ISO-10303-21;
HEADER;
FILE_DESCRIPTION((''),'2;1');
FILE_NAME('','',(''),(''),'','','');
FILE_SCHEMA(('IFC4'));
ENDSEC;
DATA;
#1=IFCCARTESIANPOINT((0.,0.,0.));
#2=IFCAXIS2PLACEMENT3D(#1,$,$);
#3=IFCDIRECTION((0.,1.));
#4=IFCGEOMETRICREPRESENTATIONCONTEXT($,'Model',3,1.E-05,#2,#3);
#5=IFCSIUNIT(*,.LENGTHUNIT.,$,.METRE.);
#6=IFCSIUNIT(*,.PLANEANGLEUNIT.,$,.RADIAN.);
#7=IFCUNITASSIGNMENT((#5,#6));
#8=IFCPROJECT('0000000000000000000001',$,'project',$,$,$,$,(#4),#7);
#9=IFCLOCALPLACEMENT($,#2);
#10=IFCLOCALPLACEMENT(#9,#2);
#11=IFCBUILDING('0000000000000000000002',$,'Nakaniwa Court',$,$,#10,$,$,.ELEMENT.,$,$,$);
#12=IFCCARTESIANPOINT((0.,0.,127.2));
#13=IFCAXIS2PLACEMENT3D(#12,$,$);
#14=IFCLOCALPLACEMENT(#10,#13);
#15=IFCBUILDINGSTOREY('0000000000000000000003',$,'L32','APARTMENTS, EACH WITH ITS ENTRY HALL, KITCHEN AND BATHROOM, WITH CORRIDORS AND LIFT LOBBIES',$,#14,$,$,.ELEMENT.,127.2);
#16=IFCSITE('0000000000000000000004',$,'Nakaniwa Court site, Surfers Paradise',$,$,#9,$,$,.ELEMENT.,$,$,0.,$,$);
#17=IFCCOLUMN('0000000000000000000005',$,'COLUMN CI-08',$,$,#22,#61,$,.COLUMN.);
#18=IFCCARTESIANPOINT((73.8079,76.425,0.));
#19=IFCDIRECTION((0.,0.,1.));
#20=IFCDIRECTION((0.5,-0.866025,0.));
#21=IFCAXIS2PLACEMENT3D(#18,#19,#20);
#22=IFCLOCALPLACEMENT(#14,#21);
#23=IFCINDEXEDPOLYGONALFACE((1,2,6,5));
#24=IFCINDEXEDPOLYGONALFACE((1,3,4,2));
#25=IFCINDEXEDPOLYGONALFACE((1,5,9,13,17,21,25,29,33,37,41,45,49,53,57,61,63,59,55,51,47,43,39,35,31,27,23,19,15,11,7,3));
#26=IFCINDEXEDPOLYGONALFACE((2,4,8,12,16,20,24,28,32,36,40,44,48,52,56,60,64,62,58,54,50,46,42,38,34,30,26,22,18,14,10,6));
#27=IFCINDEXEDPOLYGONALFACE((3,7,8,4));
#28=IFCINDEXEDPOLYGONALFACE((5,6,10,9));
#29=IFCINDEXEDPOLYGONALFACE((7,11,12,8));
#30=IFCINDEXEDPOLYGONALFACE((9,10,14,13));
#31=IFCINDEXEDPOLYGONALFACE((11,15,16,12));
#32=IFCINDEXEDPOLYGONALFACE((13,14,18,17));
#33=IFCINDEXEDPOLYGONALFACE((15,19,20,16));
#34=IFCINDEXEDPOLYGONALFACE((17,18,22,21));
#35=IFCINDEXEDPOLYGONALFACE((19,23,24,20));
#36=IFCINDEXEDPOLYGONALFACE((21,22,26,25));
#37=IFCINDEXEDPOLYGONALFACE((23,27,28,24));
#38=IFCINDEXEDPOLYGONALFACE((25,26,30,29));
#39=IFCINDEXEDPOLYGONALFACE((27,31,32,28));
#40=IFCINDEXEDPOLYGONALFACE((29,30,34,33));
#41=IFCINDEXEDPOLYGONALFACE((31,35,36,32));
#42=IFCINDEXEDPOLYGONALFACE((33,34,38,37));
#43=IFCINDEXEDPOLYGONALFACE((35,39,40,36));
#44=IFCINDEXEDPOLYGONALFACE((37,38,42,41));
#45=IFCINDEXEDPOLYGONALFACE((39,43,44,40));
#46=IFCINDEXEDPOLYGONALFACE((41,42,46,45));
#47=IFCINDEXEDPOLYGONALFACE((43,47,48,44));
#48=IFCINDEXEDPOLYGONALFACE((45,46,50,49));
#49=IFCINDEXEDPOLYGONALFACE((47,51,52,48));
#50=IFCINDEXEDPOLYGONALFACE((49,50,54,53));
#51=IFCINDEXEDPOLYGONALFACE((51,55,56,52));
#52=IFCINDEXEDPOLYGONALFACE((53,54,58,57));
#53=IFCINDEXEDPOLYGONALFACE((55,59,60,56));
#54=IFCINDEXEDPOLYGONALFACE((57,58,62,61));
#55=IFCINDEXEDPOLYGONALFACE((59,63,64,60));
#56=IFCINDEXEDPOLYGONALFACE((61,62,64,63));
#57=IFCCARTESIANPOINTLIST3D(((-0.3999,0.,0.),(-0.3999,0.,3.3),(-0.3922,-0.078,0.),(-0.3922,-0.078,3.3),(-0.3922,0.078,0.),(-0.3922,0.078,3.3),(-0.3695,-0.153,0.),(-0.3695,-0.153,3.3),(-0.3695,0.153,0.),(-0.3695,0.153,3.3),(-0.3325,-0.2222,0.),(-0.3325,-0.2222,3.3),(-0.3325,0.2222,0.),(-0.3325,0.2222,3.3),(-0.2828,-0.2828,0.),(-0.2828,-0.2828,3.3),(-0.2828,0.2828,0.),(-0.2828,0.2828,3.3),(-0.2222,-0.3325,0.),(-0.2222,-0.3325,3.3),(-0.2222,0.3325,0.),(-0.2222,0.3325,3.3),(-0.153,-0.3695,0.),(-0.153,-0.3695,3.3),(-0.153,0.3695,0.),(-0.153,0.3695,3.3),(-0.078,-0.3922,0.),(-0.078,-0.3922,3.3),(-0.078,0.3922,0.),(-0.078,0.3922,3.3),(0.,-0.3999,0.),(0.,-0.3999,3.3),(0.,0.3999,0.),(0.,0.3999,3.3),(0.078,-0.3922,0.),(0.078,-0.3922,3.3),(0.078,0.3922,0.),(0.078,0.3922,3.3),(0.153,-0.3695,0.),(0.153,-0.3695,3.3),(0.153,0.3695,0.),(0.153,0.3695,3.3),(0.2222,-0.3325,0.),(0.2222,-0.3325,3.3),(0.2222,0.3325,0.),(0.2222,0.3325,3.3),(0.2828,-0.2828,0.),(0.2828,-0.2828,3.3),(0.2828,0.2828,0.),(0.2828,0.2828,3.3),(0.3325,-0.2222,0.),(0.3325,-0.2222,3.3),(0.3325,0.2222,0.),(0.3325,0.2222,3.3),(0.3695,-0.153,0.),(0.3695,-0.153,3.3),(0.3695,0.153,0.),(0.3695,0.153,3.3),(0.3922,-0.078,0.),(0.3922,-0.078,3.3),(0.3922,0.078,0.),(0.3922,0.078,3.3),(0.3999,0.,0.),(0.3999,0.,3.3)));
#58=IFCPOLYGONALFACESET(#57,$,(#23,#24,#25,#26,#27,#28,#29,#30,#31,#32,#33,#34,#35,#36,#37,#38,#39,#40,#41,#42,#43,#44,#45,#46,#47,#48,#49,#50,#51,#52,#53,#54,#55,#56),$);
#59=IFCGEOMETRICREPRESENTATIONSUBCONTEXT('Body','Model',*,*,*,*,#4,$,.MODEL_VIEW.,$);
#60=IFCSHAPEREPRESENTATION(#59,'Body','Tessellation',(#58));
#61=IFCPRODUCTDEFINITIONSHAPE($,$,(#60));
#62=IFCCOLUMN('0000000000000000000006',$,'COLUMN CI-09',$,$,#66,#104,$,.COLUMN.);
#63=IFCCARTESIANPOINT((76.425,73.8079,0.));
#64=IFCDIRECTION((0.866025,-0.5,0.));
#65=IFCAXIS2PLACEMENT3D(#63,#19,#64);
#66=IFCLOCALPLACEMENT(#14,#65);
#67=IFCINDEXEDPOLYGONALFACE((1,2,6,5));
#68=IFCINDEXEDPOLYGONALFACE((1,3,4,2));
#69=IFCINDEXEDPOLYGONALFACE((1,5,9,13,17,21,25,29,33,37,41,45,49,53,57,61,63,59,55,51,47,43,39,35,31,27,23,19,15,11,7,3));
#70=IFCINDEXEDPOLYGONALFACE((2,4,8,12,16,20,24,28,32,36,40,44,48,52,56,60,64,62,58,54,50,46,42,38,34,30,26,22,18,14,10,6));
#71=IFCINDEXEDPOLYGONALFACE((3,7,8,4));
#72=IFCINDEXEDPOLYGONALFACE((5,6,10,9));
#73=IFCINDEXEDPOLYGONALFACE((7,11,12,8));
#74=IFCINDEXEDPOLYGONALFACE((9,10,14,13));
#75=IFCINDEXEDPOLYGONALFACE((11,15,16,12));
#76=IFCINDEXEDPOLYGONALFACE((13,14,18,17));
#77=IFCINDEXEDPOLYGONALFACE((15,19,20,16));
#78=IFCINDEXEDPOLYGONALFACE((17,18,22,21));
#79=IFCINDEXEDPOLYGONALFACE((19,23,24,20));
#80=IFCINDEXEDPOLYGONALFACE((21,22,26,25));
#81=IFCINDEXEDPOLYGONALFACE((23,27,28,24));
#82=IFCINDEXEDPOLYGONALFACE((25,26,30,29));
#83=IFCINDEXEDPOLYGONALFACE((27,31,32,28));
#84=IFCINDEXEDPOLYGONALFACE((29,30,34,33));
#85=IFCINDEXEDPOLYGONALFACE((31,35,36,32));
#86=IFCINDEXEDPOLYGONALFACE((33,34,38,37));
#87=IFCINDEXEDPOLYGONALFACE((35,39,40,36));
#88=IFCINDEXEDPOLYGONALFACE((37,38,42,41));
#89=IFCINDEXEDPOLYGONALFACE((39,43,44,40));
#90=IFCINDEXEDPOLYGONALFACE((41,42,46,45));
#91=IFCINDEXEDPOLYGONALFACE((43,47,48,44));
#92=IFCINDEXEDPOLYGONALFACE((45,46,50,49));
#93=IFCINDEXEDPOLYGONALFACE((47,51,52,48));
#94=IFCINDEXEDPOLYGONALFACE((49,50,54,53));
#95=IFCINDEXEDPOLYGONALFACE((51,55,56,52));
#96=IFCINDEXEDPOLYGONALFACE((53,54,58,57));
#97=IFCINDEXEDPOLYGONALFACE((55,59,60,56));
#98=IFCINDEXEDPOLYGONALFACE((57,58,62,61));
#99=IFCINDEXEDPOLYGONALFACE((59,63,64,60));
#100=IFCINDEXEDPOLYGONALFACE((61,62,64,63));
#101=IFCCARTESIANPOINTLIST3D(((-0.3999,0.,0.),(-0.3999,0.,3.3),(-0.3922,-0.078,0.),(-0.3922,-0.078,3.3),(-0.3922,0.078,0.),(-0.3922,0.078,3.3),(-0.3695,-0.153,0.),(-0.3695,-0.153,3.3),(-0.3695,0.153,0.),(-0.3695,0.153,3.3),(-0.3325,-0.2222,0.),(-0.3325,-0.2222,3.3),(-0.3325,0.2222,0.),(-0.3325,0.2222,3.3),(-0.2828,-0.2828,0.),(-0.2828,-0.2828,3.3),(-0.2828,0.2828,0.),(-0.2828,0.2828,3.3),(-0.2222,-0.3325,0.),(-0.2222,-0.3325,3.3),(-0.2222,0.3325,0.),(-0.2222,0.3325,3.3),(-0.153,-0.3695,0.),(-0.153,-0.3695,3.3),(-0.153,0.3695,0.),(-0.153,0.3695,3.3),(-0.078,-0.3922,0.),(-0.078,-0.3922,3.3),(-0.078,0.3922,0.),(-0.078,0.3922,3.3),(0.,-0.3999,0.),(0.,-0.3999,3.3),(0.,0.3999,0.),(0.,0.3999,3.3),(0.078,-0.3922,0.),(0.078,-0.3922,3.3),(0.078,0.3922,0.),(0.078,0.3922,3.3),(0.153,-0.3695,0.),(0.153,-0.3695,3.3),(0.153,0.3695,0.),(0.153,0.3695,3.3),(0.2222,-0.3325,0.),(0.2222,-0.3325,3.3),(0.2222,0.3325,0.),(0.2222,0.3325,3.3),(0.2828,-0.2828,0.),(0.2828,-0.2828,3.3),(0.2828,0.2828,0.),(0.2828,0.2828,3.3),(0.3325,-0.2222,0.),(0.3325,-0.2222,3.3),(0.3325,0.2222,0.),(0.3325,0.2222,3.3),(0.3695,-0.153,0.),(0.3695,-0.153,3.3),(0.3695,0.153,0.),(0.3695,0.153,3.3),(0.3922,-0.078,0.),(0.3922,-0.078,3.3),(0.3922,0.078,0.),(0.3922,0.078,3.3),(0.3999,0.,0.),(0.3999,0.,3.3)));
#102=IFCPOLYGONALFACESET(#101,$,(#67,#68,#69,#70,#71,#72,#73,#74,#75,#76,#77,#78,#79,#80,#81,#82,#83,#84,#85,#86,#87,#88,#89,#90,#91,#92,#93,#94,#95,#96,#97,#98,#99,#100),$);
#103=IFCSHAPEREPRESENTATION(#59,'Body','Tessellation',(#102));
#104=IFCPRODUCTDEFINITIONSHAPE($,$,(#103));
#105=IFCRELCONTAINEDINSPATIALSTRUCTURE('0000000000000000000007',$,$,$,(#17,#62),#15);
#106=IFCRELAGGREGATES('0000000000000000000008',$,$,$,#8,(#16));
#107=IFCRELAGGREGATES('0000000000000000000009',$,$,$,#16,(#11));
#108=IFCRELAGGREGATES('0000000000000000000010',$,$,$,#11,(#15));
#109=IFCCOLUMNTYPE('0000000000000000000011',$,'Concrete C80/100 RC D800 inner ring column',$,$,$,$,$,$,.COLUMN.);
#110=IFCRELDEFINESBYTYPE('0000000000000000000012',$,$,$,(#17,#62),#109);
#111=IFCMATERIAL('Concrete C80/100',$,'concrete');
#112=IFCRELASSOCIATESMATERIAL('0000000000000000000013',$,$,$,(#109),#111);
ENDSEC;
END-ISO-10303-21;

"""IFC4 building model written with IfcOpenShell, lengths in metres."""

from ifc_helpers import new_model, si_unit, direction, frame, origin, origin_2d, place, context, subcontext, project, spatial, circle, extrude, material, material_profile, profile_set, type_object, element, save


model = new_model("IFC4")

# Units and contexts
model_context = context("Model", 3, precision=1e-05, world=origin(), true_north=direction((0.0, 1.0)))
body_context = subcontext(model_context, "Body", "Model", "MODEL_VIEW")
ifc_project = project(units=[si_unit("LENGTHUNIT", "METRE"), si_unit("PLANEANGLEUNIT", "RADIAN")], contexts=[model_context])

# Site, building, storey
site_placement = place(None, origin())
site = spatial("IfcSite", under=ifc_project, at=site_placement, Name="Nakaniwa Court site, Surfers Paradise", CompositionType="ELEMENT", RefElevation=0.0)
building_placement = place(site_placement, origin())
building = spatial("IfcBuilding", under=site, at=building_placement, Name="Nakaniwa Court", CompositionType="ELEMENT")
storey_placement = place(building_placement, frame((0.0, 0.0, 127.2)))
storey = spatial("IfcBuildingStorey", under=building, at=storey_placement, Name="L32", Description="APARTMENTS, EACH WITH ITS ENTRY HALL, KITCHEN AND BATHROOM, WITH CORRIDORS AND LIFT LOBBIES", CompositionType="ELEMENT", Elevation=127.2)

# Columns
ifc_material_1 = material(Name="Concrete C80/100", Category="concrete")
ifc_material_profile_1 = material_profile(ifc_material_1, circle(Radius=0.3999, at=origin_2d()), Name="Concrete C80/100 RC D800 inner ring column")
ifc_profile_set_1 = profile_set([ifc_material_profile_1], Name="Concrete C80/100")
column_type_1 = type_object("IfcColumnType", Name="Concrete C80/100 RC D800 inner ring column", PredefinedType="COLUMN", material=ifc_profile_set_1)
for number, where, z_axis, x_axis, name in (
    (1, (73.8079, 76.425, 0.0), (0.0, 0.0, 1.0), (0.5, -0.866025, 0.0), "COLUMN CI-08"),
    (2, (76.425, 73.8079, 0.0), (0.0, 0.0, 1.0), (0.866025, -0.5, 0.0), "COLUMN CI-09"),
):
    element("IfcColumn", number, at=place(storey_placement, frame(where, z_axis=z_axis, x_axis=x_axis)), inside=storey, type_object=column_type_1, Name=name, PredefinedType="COLUMN", context=body_context, shape_type="SweptSolid", body=[
        extrude(circle(Radius=0.3999, at=origin_2d()), origin(), (0.0, 0.0, 1.0), 3.3),
    ])

save(model, "model.ifc")
